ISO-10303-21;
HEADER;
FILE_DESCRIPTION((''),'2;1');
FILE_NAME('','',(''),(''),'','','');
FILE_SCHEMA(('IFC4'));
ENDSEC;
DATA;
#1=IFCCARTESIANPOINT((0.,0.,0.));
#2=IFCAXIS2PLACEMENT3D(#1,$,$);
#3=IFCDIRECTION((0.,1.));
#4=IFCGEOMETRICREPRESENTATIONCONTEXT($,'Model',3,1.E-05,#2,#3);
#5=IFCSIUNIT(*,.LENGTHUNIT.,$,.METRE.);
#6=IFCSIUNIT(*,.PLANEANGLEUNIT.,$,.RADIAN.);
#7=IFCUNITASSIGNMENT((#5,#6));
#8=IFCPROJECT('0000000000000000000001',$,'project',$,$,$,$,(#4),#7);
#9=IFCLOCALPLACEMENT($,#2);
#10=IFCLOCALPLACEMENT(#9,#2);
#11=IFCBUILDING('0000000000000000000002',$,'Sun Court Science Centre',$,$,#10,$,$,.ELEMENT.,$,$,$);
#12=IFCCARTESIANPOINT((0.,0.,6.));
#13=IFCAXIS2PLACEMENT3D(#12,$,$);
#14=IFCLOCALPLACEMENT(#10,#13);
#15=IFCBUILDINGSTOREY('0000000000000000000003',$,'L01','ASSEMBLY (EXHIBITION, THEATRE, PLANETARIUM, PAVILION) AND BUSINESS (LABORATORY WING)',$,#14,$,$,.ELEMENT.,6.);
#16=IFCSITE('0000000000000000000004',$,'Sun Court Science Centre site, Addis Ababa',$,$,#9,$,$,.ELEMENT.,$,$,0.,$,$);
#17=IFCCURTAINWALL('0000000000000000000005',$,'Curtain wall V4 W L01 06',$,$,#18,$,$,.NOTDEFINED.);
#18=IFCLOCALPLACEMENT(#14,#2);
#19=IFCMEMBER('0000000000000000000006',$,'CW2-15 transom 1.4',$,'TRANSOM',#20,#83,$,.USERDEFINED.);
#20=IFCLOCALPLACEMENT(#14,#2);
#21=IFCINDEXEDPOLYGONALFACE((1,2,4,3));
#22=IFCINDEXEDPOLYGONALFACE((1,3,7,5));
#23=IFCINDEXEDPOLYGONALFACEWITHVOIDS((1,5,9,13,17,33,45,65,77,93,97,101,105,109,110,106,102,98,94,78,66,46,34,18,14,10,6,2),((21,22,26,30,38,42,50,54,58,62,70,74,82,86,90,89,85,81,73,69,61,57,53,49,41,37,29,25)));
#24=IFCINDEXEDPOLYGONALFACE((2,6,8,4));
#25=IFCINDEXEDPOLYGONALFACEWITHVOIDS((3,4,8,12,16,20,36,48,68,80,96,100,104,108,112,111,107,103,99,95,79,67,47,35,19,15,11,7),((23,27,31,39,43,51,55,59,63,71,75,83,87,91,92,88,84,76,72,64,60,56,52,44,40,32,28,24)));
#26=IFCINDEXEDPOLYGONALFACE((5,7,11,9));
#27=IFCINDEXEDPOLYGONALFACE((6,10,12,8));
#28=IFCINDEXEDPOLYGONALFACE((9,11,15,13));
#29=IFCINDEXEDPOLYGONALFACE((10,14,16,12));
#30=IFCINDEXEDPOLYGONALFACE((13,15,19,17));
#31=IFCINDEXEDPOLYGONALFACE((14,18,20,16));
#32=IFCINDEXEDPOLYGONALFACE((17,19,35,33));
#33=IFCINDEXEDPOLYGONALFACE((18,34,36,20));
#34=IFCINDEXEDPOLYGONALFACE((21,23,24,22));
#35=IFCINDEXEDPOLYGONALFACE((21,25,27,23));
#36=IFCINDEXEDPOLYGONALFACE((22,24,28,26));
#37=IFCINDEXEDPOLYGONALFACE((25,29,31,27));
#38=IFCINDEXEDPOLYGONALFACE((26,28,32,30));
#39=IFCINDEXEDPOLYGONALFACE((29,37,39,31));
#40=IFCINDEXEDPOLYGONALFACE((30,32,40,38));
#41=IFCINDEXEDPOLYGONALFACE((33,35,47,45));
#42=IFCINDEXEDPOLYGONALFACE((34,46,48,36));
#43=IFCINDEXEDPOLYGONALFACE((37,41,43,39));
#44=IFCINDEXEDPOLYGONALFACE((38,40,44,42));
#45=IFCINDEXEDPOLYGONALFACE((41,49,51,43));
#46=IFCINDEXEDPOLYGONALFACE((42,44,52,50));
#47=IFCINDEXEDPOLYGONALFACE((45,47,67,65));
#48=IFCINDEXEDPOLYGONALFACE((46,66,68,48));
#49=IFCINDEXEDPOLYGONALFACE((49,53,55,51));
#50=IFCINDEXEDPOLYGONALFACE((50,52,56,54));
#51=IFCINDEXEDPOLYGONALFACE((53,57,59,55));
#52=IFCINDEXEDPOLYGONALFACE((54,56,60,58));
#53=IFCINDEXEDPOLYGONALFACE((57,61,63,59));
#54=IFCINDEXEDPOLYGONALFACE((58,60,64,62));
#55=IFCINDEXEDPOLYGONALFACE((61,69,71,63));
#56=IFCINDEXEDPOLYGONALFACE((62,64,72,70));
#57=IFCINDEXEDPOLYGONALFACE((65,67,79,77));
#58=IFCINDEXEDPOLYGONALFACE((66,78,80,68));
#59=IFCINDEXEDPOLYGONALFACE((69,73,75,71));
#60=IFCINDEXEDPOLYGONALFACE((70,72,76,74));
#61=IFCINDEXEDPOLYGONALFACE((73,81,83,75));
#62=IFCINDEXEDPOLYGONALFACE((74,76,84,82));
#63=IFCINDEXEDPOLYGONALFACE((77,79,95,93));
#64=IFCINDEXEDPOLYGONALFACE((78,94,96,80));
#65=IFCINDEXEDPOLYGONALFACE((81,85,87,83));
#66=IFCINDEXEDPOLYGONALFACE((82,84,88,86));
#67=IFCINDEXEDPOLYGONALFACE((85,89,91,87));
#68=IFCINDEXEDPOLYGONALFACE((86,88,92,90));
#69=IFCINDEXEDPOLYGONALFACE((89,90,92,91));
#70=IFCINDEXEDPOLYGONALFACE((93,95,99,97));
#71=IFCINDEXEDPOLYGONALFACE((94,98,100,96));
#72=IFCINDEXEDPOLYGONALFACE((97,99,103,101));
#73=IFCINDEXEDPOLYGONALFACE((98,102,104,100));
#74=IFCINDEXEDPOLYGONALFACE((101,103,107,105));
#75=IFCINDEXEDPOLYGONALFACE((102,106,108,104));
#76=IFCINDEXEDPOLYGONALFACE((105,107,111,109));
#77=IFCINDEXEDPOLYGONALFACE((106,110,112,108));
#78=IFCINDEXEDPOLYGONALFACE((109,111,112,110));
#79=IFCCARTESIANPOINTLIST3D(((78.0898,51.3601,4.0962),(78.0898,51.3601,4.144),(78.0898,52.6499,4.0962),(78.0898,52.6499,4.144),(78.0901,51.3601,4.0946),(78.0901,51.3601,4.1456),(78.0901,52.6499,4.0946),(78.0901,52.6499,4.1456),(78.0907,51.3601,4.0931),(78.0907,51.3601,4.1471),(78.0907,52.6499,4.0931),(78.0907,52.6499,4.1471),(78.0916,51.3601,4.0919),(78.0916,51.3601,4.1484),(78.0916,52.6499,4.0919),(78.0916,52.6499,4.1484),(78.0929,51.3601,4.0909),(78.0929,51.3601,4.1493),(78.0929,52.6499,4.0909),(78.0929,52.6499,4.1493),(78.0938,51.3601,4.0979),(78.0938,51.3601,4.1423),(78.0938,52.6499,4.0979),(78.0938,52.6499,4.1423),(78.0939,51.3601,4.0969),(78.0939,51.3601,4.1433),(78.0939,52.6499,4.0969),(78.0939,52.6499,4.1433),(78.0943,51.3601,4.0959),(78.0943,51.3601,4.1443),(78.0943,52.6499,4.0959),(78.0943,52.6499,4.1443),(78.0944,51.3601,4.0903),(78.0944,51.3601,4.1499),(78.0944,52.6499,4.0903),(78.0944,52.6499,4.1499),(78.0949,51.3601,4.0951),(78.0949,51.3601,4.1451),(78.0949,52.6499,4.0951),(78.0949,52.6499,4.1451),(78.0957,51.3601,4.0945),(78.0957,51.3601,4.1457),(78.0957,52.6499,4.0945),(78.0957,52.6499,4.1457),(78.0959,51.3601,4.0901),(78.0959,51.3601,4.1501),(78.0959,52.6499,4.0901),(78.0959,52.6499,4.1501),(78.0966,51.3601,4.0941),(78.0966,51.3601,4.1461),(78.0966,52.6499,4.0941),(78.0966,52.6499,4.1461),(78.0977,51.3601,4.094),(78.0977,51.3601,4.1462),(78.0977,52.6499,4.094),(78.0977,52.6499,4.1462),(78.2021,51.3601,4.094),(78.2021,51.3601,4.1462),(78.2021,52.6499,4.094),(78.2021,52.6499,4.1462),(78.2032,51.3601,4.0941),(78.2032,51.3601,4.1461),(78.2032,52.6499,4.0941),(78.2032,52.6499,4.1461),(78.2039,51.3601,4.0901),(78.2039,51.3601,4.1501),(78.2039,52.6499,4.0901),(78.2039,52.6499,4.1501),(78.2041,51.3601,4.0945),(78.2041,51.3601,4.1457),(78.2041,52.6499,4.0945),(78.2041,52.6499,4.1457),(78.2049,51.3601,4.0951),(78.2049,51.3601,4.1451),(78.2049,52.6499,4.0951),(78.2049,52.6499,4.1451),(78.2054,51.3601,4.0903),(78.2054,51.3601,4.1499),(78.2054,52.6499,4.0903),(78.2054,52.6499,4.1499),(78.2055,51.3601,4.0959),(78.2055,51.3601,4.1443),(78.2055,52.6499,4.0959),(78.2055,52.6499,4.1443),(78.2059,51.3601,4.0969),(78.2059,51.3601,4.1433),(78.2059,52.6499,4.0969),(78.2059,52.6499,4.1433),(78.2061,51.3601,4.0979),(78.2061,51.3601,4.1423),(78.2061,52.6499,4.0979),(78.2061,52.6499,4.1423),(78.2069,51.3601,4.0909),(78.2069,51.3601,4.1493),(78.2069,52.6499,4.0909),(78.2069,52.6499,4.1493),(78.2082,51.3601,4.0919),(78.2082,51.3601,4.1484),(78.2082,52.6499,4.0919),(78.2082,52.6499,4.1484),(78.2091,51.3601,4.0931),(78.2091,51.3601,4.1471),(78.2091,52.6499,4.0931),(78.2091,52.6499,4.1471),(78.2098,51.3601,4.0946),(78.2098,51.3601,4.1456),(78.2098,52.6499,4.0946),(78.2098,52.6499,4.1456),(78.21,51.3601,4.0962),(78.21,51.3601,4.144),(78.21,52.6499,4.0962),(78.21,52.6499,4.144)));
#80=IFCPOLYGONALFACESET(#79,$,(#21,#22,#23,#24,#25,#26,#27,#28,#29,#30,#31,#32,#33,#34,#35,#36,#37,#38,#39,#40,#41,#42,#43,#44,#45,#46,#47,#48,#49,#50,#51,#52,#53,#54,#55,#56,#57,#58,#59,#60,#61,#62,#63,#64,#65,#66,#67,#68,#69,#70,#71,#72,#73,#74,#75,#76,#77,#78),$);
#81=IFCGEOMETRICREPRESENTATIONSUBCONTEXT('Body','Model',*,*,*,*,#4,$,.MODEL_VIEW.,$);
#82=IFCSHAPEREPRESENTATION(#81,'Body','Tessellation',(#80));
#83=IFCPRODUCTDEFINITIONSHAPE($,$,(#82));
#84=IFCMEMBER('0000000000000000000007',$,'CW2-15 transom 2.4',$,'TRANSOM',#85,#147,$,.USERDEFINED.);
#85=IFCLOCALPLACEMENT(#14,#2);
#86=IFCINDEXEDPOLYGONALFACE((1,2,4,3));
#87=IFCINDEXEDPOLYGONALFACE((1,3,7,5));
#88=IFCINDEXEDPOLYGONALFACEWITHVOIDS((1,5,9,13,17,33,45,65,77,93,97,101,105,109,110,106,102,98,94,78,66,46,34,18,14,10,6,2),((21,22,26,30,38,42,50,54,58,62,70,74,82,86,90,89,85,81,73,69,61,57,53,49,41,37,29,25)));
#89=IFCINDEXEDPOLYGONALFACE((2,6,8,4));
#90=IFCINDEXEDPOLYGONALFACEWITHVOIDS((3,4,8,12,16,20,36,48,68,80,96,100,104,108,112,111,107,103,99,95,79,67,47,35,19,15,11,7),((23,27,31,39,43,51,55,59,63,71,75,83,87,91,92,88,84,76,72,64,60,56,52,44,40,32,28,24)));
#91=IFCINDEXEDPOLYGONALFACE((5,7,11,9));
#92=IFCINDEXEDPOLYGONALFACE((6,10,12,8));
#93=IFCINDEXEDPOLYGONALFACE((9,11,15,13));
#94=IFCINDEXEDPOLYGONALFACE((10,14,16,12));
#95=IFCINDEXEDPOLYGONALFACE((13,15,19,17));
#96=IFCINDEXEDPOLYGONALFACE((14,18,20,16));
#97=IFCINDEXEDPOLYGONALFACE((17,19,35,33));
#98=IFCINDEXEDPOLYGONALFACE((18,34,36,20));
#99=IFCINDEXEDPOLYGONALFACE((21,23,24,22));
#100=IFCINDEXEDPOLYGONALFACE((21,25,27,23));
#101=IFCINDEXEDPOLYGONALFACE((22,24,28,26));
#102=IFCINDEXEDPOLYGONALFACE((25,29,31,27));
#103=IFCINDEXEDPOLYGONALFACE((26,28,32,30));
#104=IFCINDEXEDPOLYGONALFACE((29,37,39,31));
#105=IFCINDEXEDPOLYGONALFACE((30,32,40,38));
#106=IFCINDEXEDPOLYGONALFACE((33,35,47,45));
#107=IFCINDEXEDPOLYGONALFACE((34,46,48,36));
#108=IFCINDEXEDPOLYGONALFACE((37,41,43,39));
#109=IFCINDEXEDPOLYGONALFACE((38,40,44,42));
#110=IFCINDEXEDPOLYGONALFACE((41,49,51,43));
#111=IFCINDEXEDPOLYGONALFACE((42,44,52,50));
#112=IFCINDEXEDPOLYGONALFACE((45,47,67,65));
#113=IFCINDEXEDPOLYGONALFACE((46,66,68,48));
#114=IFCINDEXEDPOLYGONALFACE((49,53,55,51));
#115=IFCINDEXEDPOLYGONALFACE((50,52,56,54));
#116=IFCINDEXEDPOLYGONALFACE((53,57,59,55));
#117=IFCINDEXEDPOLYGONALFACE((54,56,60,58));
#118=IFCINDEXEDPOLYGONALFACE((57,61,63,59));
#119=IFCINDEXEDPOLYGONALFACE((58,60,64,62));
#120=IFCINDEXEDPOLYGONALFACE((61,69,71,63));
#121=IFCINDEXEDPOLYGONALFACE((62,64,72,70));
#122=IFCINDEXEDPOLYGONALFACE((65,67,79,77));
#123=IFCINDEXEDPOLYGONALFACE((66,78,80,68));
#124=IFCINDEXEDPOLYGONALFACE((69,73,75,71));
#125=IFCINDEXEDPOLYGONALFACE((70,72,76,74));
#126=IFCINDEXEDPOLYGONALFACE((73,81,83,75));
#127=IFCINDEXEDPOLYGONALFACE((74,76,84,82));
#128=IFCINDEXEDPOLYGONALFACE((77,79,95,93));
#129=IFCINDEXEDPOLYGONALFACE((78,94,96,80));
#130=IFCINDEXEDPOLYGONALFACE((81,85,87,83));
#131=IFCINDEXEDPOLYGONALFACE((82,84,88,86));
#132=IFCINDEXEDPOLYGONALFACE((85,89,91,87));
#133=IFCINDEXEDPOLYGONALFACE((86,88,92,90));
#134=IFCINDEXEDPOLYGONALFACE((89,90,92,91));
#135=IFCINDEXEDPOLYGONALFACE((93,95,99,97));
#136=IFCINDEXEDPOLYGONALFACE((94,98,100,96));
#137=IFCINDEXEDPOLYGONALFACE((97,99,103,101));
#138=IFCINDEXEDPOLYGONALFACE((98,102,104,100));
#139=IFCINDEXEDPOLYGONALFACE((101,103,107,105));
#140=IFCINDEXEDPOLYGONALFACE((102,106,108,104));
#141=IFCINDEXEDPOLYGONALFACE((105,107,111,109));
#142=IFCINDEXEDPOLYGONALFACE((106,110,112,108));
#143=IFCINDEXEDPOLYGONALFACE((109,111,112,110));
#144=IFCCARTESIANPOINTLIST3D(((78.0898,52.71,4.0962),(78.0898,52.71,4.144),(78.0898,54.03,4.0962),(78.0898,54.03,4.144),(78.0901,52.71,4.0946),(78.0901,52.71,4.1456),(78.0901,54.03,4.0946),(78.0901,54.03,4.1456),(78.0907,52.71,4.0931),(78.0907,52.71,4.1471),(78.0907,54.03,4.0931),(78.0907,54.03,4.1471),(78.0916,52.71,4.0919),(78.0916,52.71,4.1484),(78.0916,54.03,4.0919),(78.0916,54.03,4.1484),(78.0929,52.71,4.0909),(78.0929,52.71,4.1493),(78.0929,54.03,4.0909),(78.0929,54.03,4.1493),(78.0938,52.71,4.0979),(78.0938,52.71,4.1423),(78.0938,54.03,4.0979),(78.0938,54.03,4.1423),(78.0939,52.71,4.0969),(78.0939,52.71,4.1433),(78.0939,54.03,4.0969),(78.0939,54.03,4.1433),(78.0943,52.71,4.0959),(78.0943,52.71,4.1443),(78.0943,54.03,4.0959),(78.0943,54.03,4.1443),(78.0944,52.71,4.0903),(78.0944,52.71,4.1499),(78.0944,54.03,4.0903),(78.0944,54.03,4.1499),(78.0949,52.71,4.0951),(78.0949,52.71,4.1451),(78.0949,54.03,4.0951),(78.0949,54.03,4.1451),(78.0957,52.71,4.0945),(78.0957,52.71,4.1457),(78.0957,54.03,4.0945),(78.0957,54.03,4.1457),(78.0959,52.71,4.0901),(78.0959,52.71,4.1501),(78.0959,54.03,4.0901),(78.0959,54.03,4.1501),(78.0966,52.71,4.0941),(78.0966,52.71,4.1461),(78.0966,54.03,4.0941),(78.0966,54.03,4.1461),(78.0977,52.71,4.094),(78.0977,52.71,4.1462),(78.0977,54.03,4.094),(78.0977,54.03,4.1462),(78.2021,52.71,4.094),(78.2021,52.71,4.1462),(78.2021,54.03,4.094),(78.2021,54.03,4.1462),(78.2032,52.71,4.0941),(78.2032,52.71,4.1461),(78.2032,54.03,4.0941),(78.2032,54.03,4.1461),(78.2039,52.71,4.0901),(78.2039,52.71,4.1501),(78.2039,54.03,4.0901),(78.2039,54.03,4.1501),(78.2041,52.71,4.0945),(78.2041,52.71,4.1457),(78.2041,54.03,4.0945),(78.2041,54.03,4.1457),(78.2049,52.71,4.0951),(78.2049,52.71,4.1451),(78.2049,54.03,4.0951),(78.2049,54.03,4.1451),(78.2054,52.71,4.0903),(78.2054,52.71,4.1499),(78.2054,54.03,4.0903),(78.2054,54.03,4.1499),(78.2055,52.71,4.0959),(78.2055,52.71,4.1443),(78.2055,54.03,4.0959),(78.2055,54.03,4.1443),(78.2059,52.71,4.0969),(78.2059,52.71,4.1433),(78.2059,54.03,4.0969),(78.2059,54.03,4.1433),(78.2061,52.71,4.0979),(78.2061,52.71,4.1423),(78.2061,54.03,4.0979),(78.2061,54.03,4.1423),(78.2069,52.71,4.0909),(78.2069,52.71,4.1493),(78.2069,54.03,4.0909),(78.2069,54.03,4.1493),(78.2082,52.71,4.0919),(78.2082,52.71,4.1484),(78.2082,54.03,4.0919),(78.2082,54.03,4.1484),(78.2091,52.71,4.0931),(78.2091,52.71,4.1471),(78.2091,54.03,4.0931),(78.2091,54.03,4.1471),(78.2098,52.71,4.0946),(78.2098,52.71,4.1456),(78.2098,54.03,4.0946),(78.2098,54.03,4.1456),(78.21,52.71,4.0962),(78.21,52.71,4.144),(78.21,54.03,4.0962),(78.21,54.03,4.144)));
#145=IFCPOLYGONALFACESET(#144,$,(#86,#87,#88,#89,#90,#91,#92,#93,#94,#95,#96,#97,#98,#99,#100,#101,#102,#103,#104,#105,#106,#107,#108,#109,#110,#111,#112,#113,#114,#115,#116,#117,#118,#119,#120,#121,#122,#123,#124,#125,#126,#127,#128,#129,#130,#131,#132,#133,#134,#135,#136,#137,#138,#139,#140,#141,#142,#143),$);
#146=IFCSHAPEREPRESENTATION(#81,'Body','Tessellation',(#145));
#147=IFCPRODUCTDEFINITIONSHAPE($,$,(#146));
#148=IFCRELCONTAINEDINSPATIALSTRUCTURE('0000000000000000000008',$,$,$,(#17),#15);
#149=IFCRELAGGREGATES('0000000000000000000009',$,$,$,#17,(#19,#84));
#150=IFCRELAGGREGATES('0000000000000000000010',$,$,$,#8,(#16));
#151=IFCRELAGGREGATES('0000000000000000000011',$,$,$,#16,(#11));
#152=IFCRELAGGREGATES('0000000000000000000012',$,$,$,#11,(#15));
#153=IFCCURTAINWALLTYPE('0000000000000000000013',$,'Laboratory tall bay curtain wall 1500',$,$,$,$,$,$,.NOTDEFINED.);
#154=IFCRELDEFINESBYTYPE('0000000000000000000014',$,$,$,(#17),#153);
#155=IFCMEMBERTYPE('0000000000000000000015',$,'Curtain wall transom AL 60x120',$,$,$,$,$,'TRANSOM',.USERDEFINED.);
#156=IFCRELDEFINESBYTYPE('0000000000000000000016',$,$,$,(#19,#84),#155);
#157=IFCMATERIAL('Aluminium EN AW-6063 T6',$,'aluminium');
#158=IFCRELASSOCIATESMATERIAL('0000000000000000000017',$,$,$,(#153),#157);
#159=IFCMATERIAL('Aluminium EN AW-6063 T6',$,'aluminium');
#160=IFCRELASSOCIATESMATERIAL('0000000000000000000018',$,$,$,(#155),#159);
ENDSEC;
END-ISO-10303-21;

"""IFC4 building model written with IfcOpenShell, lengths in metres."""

from ifc_helpers import new_model, si_unit, direction, frame, origin, origin_2d, place, context, subcontext, project, spatial, hollow_rectangle, extrude, material, material_profile, profile_set, type_object, element, aggregate, save


model = new_model("IFC4")

# Units and contexts
model_context = context("Model", 3, precision=1e-05, world=origin(), true_north=direction((0.0, 1.0)))
body_context = subcontext(model_context, "Body", "Model", "MODEL_VIEW")
ifc_project = project(units=[si_unit("LENGTHUNIT", "METRE"), si_unit("PLANEANGLEUNIT", "RADIAN")], contexts=[model_context])

# Site, building, storey
site_placement = place(None, origin())
site = spatial("IfcSite", under=ifc_project, at=site_placement, Name="Sun Court Science Centre site, Addis Ababa", CompositionType="ELEMENT", RefElevation=0.0)
building_placement = place(site_placement, origin())
building = spatial("IfcBuilding", under=site, at=building_placement, Name="Sun Court Science Centre", CompositionType="ELEMENT")
storey_placement = place(building_placement, frame((0.0, 0.0, 6.0)))
storey = spatial("IfcBuildingStorey", under=building, at=storey_placement, Name="L01", Description="ASSEMBLY (EXHIBITION, THEATRE, PLANETARIUM, PAVILION) AND BUSINESS (LABORATORY WING)", CompositionType="ELEMENT", Elevation=6.0)

# Shared definitions
ifc_material_1 = material(Name="Aluminium EN AW-6063 T6", Category="aluminium")
curtain_wall_type = type_object("IfcCurtainWallType", Name="Laboratory tall bay curtain wall 1500", PredefinedType="NOTDEFINED", material=ifc_material_1)

# Curtain wall, members
curtain_wall_1_placement = place(storey_placement, origin())
curtain_wall_1 = element("IfcCurtainWall", 1, at=curtain_wall_1_placement, inside=storey, type_object=curtain_wall_type, Name="Curtain wall V4 W L01 06", PredefinedType="NOTDEFINED")
ifc_material_2 = material(Name="Aluminium EN AW-6063 T6", Category="aluminium")
ifc_material_profile_1 = material_profile(ifc_material_2, hollow_rectangle(XDim=0.0601, YDim=0.1201, WallThickness=0.0039, InnerFilletRadius=0.0039, OuterFilletRadius=0.0061, at=origin_2d()), Name="AL 60x120x4")
ifc_profile_set_1 = profile_set([ifc_material_profile_1], Name="Aluminium EN AW-6063 T6")
member_type_1 = type_object("IfcMemberType", Name="Curtain wall transom AL 60x120", ElementType="TRANSOM", PredefinedType="USERDEFINED", material=ifc_profile_set_1)
member_1_placement = place(storey_placement, frame((78.1499, 51.3601, 4.1201), z_axis=(0.0, 1.0, 0.0), x_axis=(0.0, 0.0, 1.0)))
member_1 = element("IfcMember", 2, at=member_1_placement, type_object=member_type_1, Name="CW2-15 transom 1.4", ObjectType="TRANSOM", PredefinedType="USERDEFINED", context=body_context, shape_type="SweptSolid", body=[
    extrude(hollow_rectangle(XDim=0.0601, YDim=0.1201, WallThickness=0.0039, InnerFilletRadius=0.0039, OuterFilletRadius=0.0061, at=origin_2d()), origin(), (0.0, 0.0, 1.0), 1.2898),
])
member_2_placement = place(storey_placement, frame((78.1499, 52.71, 4.1201), z_axis=(0.0, 1.0, 0.0), x_axis=(0.0, 0.0, 1.0)))
member_2 = element("IfcMember", 3, at=member_2_placement, type_object=member_type_1, Name="CW2-15 transom 2.4", ObjectType="TRANSOM", PredefinedType="USERDEFINED", context=body_context, shape_type="SweptSolid", body=[
    extrude(hollow_rectangle(XDim=0.0601, YDim=0.1201, WallThickness=0.0039, InnerFilletRadius=0.0039, OuterFilletRadius=0.0061, at=origin_2d()), origin(), (0.0, 0.0, 1.0), 1.3201),
])

aggregate(curtain_wall_1, [member_1, member_2])

save(model, "model.ifc")
